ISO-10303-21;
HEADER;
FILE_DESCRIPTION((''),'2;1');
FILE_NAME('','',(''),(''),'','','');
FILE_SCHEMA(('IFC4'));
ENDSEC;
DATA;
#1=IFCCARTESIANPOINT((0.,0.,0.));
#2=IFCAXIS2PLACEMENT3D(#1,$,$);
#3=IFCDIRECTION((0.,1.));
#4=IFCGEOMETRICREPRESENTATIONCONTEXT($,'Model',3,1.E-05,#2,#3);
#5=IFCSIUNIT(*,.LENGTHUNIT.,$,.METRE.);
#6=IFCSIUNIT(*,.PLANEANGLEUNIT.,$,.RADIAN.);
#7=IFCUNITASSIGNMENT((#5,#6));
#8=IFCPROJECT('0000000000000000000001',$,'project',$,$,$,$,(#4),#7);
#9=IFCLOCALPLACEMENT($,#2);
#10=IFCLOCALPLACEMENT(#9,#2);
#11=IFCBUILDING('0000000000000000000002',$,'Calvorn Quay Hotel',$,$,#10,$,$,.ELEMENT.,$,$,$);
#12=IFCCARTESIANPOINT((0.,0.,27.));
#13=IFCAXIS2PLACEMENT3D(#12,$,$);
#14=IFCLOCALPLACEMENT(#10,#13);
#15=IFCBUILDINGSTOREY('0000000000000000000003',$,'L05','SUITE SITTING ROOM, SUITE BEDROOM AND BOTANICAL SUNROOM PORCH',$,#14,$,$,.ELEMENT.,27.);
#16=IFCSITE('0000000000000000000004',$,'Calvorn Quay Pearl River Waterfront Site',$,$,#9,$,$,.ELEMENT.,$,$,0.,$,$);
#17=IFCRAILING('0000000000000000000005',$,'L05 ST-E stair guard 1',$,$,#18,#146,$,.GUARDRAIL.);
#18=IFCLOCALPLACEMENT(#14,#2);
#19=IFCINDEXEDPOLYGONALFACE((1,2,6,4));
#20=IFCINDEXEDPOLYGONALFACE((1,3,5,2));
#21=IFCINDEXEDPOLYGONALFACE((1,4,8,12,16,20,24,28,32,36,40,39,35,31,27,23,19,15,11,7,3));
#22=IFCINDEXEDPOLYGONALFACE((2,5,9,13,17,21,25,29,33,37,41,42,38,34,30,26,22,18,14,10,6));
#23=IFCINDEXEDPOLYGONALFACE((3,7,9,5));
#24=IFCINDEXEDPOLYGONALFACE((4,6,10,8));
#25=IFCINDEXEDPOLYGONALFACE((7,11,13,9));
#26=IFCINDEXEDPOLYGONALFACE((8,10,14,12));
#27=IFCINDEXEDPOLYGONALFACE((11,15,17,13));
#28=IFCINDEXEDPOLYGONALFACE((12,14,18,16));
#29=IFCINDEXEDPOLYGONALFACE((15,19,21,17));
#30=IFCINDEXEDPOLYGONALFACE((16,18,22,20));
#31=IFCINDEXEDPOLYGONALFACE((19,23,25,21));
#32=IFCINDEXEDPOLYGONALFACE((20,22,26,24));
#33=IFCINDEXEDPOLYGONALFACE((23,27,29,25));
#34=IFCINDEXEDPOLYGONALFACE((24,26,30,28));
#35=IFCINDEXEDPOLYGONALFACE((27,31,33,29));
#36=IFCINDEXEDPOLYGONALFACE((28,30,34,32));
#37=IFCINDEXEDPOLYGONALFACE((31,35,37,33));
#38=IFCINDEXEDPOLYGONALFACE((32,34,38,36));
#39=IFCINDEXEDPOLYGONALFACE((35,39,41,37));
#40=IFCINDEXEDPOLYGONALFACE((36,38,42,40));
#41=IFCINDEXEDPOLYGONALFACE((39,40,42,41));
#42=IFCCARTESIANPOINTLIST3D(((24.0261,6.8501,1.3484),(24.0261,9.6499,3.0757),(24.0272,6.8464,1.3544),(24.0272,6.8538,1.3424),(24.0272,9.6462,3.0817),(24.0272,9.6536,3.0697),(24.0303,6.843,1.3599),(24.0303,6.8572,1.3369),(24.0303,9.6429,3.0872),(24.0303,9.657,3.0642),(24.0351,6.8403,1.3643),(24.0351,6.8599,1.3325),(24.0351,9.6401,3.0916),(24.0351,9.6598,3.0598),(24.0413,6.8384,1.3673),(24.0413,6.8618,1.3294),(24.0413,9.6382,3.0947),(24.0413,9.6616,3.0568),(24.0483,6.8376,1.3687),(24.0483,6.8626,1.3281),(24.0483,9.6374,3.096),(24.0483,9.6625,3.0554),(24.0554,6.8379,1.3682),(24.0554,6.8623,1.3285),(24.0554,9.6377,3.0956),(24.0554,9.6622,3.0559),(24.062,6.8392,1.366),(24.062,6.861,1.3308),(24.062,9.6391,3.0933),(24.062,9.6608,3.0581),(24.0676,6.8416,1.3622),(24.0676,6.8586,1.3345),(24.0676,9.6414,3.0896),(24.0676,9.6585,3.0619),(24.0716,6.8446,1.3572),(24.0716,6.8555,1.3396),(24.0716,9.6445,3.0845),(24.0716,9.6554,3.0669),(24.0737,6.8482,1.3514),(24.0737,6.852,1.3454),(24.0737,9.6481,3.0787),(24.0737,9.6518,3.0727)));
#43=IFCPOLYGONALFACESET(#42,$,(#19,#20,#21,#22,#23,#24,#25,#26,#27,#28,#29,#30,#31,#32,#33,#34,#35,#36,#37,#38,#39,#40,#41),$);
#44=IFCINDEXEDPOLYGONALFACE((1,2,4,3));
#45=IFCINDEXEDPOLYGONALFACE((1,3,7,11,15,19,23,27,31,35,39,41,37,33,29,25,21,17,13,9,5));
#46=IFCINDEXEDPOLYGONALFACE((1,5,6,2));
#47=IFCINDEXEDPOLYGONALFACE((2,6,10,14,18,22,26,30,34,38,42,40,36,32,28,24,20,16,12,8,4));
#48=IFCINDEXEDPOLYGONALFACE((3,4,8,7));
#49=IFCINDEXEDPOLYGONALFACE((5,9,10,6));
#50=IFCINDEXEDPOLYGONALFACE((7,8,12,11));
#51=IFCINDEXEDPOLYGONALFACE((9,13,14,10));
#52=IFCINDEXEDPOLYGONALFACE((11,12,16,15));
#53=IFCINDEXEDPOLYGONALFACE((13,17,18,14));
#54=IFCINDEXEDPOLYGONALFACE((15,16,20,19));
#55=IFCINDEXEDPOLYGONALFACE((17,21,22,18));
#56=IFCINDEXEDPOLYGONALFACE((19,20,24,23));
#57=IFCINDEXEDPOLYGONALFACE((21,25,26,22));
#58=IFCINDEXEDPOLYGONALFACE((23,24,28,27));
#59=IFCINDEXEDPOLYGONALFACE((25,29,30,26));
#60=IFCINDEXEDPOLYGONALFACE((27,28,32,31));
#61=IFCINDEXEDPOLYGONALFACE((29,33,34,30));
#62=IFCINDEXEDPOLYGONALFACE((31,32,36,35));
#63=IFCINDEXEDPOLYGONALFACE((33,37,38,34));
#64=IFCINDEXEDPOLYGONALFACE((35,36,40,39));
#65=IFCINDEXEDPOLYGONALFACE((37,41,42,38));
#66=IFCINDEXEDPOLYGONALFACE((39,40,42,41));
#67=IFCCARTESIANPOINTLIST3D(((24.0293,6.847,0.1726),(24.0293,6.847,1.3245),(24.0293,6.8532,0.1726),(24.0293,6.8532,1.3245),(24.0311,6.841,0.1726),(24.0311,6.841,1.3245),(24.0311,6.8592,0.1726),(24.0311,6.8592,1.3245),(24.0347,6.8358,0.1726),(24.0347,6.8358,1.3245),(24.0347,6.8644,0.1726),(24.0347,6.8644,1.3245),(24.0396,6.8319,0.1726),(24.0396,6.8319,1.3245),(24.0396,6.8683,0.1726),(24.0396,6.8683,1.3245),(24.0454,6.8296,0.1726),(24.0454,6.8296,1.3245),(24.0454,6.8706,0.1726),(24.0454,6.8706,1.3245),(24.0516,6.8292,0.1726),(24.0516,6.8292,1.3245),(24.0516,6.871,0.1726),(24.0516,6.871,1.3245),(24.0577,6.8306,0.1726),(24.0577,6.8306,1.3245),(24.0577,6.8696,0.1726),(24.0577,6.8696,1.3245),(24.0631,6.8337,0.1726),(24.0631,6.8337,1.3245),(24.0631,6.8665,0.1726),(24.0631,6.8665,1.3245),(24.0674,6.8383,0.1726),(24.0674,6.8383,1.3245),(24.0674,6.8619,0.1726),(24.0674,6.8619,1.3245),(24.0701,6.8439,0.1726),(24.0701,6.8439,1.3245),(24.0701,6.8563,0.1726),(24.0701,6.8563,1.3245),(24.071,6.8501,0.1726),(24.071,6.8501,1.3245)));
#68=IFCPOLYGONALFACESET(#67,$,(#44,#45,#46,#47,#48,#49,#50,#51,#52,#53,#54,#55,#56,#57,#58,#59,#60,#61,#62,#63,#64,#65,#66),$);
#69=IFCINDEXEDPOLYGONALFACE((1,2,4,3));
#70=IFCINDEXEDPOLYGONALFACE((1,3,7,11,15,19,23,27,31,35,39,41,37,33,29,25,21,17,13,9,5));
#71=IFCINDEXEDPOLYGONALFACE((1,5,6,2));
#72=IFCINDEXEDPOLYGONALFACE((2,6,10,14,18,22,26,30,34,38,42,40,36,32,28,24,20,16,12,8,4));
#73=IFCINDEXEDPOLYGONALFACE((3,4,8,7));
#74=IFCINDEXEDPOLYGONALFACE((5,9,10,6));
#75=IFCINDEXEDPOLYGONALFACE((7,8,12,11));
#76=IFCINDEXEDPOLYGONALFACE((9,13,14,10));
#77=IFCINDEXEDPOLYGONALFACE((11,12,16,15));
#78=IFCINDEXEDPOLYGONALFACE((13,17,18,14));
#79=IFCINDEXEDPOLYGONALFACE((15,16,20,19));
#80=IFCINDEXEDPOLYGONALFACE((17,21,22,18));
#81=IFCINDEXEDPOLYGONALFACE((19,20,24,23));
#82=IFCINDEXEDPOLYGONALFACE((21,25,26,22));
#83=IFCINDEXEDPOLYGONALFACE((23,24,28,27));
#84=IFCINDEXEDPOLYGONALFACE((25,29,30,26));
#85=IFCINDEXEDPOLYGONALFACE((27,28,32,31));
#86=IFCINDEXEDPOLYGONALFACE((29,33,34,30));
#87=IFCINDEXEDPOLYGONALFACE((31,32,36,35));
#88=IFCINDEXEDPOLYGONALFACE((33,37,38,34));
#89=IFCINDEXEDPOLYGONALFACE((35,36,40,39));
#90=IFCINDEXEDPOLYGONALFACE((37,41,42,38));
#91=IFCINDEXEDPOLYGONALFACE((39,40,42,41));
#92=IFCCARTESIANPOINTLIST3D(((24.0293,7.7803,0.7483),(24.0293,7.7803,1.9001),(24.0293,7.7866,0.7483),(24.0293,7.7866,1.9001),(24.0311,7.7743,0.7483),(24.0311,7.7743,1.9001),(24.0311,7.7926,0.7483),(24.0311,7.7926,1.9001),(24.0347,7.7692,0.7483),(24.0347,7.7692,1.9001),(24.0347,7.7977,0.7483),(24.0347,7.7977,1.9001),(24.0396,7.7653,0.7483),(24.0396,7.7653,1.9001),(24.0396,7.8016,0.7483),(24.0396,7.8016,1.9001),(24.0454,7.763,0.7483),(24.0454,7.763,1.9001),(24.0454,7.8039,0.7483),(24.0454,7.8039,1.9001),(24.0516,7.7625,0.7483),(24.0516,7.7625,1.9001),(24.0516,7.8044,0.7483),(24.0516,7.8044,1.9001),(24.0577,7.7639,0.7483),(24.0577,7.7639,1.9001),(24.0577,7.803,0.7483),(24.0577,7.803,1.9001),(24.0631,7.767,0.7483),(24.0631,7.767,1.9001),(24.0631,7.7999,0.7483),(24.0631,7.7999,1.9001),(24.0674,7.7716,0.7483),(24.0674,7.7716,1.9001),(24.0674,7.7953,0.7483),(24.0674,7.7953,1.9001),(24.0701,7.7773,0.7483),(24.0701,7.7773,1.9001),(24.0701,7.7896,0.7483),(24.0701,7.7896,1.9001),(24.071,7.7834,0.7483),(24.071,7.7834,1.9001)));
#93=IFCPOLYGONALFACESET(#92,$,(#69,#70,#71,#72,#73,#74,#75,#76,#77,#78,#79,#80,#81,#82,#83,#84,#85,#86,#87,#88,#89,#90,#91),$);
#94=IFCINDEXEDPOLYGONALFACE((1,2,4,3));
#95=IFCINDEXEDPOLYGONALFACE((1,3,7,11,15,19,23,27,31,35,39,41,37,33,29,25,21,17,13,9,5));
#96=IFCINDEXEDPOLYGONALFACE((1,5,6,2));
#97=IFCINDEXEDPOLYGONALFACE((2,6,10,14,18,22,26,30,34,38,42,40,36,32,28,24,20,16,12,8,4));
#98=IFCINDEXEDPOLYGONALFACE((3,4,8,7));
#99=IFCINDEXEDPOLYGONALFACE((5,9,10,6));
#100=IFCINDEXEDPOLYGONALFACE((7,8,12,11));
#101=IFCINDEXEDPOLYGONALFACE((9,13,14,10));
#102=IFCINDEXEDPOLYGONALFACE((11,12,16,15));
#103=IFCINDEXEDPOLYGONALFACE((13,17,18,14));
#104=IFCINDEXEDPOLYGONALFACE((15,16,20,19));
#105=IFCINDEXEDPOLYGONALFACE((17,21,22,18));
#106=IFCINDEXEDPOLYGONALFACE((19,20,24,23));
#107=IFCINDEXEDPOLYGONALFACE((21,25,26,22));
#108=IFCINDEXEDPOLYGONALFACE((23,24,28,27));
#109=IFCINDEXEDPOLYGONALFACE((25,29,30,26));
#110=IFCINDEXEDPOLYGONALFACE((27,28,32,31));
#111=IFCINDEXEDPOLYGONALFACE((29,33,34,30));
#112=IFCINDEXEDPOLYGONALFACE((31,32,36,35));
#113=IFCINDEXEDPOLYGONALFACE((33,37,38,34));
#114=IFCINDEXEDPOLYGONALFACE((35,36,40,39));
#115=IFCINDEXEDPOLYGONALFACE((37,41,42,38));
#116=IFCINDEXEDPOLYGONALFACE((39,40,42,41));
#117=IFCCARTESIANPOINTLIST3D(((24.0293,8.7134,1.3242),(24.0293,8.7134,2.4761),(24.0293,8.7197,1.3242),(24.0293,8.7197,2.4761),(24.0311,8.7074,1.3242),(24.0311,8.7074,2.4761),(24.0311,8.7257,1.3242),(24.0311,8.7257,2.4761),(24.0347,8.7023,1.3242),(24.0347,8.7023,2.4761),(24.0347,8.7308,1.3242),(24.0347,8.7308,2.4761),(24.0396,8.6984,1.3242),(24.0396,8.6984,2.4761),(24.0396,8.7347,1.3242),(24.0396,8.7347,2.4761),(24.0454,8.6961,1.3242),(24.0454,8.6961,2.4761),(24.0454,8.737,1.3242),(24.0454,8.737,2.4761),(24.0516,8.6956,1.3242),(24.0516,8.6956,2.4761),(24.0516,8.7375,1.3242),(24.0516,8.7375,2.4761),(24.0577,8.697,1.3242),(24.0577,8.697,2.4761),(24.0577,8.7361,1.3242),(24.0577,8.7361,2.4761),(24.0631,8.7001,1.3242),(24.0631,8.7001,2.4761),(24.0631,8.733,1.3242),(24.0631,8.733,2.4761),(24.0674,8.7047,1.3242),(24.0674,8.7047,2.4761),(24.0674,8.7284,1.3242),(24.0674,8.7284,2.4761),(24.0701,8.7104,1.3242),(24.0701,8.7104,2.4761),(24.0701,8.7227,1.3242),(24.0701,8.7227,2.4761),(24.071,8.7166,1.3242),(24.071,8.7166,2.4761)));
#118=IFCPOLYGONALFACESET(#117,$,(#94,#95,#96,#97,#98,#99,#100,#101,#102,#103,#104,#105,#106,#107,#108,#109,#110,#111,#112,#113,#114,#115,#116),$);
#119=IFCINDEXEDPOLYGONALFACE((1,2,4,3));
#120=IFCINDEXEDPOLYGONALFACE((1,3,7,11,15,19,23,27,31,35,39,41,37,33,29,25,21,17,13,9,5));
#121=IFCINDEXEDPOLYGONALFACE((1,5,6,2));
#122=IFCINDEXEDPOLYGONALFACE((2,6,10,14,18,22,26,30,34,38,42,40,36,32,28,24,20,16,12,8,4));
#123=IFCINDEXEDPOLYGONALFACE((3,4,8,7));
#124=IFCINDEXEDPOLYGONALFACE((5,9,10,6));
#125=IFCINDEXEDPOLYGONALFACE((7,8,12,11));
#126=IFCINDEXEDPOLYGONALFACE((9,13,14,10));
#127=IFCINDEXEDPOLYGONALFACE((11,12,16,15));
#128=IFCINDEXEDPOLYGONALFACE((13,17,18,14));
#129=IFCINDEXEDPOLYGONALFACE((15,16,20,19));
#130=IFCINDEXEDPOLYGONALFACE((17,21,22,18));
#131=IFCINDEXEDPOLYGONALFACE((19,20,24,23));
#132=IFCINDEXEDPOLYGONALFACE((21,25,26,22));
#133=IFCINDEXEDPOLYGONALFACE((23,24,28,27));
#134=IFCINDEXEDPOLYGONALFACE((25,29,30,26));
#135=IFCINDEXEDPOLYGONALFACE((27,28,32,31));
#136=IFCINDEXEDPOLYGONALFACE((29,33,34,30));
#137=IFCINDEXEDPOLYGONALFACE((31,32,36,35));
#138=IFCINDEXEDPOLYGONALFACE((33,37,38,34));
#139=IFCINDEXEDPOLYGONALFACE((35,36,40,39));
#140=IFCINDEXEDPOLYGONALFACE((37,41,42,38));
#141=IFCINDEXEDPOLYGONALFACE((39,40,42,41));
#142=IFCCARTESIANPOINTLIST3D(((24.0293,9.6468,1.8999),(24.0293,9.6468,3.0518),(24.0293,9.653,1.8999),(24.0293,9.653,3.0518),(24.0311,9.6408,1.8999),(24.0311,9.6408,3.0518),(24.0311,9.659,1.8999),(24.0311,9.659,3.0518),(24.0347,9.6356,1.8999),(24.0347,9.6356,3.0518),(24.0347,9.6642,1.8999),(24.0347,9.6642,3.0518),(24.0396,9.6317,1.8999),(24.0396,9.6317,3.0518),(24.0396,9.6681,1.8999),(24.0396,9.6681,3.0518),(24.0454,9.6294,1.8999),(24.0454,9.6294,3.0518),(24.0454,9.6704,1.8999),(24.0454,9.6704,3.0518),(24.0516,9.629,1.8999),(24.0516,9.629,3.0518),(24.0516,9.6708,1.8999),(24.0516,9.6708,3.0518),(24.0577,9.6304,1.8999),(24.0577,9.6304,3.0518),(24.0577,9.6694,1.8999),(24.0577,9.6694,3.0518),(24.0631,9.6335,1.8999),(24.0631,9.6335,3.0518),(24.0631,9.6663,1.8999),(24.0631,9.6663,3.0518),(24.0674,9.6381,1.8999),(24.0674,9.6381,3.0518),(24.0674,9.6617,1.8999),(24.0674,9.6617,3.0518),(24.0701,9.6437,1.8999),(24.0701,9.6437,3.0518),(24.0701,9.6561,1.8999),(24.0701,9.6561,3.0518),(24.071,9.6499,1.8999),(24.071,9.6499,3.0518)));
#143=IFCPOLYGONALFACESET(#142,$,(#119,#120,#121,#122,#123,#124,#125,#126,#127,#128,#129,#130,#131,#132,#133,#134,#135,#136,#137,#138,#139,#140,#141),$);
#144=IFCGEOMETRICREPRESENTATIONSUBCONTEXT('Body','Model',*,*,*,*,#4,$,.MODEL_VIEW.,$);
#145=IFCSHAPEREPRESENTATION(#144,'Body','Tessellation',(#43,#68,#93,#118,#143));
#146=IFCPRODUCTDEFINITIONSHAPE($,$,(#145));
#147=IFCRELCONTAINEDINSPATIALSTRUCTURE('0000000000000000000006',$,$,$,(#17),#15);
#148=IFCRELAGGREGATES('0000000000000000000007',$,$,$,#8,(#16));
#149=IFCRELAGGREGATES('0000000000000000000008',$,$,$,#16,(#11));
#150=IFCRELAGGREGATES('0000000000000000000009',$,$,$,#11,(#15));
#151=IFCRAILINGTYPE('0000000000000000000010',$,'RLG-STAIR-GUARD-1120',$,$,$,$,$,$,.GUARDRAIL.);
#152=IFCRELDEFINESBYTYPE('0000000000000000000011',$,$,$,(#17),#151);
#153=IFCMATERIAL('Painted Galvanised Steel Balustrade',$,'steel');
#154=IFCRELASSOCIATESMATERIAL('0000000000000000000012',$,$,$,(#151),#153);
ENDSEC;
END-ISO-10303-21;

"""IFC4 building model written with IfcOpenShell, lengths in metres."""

from ifc_helpers import new_model, si_unit, direction, frame, origin, origin_2d, place, context, subcontext, project, spatial, circle, extrude, material, type_object, element, save


model = new_model("IFC4")

# Units and contexts
model_context = context("Model", 3, precision=1e-05, world=origin(), true_north=direction((0.0, 1.0)))
body_context = subcontext(model_context, "Body", "Model", "MODEL_VIEW")
ifc_project = project(units=[si_unit("LENGTHUNIT", "METRE"), si_unit("PLANEANGLEUNIT", "RADIAN")], contexts=[model_context])

# Site, building, storey
site_placement = place(None, origin())
site = spatial("IfcSite", under=ifc_project, at=site_placement, Name="Calvorn Quay Pearl River Waterfront Site", CompositionType="ELEMENT", RefElevation=0.0)
building_placement = place(site_placement, origin())
building = spatial("IfcBuilding", under=site, at=building_placement, Name="Calvorn Quay Hotel", CompositionType="ELEMENT")
storey_placement = place(building_placement, frame((0.0, 0.0, 27.0)))
storey = spatial("IfcBuildingStorey", under=building, at=storey_placement, Name="L05", Description="SUITE SITTING ROOM, SUITE BEDROOM AND BOTANICAL SUNROOM PORCH", CompositionType="ELEMENT", Elevation=27.0)

# Railing
ifc_material_1 = material(Name="Painted Galvanised Steel Balustrade", Category="steel")
railing_type_1 = type_object("IfcRailingType", Name="RLG-STAIR-GUARD-1120", PredefinedType="GUARDRAIL", material=ifc_material_1)
railing_1_placement = place(storey_placement, frame((24.05, 6.8501, 0.1726)))
element("IfcRailing", 1, at=railing_1_placement, inside=storey, type_object=railing_type_1, Name="L05 ST-E stair guard 1", PredefinedType="GUARDRAIL", context=body_context, shape_type="SweptSolid", body=[
    extrude(circle(Radius=0.0239, at=origin_2d()), frame((0.0, 0.0, 1.1758), z_axis=(0.0, 0.851069, 0.525054), x_axis=(-1.0, 0.0, 0.0)), (0.0, 0.0, 1.0), 3.2898),
    extrude(circle(Radius=0.021, at=origin_2d()), origin(), (0.0, 0.0, 1.0), 1.1519),
    extrude(circle(Radius=0.021, at=origin_2d()), frame((0.0, 0.9333, 0.5757)), (0.0, 0.0, 1.0), 1.1519),
    extrude(circle(Radius=0.021, at=origin_2d()), frame((0.0, 1.8665, 1.1516)), (0.0, 0.0, 1.0), 1.1519),
    extrude(circle(Radius=0.021, at=origin_2d()), frame((0.0, 2.7998, 1.7273)), (0.0, 0.0, 1.0), 1.1519),
])

save(model, "model.ifc")
